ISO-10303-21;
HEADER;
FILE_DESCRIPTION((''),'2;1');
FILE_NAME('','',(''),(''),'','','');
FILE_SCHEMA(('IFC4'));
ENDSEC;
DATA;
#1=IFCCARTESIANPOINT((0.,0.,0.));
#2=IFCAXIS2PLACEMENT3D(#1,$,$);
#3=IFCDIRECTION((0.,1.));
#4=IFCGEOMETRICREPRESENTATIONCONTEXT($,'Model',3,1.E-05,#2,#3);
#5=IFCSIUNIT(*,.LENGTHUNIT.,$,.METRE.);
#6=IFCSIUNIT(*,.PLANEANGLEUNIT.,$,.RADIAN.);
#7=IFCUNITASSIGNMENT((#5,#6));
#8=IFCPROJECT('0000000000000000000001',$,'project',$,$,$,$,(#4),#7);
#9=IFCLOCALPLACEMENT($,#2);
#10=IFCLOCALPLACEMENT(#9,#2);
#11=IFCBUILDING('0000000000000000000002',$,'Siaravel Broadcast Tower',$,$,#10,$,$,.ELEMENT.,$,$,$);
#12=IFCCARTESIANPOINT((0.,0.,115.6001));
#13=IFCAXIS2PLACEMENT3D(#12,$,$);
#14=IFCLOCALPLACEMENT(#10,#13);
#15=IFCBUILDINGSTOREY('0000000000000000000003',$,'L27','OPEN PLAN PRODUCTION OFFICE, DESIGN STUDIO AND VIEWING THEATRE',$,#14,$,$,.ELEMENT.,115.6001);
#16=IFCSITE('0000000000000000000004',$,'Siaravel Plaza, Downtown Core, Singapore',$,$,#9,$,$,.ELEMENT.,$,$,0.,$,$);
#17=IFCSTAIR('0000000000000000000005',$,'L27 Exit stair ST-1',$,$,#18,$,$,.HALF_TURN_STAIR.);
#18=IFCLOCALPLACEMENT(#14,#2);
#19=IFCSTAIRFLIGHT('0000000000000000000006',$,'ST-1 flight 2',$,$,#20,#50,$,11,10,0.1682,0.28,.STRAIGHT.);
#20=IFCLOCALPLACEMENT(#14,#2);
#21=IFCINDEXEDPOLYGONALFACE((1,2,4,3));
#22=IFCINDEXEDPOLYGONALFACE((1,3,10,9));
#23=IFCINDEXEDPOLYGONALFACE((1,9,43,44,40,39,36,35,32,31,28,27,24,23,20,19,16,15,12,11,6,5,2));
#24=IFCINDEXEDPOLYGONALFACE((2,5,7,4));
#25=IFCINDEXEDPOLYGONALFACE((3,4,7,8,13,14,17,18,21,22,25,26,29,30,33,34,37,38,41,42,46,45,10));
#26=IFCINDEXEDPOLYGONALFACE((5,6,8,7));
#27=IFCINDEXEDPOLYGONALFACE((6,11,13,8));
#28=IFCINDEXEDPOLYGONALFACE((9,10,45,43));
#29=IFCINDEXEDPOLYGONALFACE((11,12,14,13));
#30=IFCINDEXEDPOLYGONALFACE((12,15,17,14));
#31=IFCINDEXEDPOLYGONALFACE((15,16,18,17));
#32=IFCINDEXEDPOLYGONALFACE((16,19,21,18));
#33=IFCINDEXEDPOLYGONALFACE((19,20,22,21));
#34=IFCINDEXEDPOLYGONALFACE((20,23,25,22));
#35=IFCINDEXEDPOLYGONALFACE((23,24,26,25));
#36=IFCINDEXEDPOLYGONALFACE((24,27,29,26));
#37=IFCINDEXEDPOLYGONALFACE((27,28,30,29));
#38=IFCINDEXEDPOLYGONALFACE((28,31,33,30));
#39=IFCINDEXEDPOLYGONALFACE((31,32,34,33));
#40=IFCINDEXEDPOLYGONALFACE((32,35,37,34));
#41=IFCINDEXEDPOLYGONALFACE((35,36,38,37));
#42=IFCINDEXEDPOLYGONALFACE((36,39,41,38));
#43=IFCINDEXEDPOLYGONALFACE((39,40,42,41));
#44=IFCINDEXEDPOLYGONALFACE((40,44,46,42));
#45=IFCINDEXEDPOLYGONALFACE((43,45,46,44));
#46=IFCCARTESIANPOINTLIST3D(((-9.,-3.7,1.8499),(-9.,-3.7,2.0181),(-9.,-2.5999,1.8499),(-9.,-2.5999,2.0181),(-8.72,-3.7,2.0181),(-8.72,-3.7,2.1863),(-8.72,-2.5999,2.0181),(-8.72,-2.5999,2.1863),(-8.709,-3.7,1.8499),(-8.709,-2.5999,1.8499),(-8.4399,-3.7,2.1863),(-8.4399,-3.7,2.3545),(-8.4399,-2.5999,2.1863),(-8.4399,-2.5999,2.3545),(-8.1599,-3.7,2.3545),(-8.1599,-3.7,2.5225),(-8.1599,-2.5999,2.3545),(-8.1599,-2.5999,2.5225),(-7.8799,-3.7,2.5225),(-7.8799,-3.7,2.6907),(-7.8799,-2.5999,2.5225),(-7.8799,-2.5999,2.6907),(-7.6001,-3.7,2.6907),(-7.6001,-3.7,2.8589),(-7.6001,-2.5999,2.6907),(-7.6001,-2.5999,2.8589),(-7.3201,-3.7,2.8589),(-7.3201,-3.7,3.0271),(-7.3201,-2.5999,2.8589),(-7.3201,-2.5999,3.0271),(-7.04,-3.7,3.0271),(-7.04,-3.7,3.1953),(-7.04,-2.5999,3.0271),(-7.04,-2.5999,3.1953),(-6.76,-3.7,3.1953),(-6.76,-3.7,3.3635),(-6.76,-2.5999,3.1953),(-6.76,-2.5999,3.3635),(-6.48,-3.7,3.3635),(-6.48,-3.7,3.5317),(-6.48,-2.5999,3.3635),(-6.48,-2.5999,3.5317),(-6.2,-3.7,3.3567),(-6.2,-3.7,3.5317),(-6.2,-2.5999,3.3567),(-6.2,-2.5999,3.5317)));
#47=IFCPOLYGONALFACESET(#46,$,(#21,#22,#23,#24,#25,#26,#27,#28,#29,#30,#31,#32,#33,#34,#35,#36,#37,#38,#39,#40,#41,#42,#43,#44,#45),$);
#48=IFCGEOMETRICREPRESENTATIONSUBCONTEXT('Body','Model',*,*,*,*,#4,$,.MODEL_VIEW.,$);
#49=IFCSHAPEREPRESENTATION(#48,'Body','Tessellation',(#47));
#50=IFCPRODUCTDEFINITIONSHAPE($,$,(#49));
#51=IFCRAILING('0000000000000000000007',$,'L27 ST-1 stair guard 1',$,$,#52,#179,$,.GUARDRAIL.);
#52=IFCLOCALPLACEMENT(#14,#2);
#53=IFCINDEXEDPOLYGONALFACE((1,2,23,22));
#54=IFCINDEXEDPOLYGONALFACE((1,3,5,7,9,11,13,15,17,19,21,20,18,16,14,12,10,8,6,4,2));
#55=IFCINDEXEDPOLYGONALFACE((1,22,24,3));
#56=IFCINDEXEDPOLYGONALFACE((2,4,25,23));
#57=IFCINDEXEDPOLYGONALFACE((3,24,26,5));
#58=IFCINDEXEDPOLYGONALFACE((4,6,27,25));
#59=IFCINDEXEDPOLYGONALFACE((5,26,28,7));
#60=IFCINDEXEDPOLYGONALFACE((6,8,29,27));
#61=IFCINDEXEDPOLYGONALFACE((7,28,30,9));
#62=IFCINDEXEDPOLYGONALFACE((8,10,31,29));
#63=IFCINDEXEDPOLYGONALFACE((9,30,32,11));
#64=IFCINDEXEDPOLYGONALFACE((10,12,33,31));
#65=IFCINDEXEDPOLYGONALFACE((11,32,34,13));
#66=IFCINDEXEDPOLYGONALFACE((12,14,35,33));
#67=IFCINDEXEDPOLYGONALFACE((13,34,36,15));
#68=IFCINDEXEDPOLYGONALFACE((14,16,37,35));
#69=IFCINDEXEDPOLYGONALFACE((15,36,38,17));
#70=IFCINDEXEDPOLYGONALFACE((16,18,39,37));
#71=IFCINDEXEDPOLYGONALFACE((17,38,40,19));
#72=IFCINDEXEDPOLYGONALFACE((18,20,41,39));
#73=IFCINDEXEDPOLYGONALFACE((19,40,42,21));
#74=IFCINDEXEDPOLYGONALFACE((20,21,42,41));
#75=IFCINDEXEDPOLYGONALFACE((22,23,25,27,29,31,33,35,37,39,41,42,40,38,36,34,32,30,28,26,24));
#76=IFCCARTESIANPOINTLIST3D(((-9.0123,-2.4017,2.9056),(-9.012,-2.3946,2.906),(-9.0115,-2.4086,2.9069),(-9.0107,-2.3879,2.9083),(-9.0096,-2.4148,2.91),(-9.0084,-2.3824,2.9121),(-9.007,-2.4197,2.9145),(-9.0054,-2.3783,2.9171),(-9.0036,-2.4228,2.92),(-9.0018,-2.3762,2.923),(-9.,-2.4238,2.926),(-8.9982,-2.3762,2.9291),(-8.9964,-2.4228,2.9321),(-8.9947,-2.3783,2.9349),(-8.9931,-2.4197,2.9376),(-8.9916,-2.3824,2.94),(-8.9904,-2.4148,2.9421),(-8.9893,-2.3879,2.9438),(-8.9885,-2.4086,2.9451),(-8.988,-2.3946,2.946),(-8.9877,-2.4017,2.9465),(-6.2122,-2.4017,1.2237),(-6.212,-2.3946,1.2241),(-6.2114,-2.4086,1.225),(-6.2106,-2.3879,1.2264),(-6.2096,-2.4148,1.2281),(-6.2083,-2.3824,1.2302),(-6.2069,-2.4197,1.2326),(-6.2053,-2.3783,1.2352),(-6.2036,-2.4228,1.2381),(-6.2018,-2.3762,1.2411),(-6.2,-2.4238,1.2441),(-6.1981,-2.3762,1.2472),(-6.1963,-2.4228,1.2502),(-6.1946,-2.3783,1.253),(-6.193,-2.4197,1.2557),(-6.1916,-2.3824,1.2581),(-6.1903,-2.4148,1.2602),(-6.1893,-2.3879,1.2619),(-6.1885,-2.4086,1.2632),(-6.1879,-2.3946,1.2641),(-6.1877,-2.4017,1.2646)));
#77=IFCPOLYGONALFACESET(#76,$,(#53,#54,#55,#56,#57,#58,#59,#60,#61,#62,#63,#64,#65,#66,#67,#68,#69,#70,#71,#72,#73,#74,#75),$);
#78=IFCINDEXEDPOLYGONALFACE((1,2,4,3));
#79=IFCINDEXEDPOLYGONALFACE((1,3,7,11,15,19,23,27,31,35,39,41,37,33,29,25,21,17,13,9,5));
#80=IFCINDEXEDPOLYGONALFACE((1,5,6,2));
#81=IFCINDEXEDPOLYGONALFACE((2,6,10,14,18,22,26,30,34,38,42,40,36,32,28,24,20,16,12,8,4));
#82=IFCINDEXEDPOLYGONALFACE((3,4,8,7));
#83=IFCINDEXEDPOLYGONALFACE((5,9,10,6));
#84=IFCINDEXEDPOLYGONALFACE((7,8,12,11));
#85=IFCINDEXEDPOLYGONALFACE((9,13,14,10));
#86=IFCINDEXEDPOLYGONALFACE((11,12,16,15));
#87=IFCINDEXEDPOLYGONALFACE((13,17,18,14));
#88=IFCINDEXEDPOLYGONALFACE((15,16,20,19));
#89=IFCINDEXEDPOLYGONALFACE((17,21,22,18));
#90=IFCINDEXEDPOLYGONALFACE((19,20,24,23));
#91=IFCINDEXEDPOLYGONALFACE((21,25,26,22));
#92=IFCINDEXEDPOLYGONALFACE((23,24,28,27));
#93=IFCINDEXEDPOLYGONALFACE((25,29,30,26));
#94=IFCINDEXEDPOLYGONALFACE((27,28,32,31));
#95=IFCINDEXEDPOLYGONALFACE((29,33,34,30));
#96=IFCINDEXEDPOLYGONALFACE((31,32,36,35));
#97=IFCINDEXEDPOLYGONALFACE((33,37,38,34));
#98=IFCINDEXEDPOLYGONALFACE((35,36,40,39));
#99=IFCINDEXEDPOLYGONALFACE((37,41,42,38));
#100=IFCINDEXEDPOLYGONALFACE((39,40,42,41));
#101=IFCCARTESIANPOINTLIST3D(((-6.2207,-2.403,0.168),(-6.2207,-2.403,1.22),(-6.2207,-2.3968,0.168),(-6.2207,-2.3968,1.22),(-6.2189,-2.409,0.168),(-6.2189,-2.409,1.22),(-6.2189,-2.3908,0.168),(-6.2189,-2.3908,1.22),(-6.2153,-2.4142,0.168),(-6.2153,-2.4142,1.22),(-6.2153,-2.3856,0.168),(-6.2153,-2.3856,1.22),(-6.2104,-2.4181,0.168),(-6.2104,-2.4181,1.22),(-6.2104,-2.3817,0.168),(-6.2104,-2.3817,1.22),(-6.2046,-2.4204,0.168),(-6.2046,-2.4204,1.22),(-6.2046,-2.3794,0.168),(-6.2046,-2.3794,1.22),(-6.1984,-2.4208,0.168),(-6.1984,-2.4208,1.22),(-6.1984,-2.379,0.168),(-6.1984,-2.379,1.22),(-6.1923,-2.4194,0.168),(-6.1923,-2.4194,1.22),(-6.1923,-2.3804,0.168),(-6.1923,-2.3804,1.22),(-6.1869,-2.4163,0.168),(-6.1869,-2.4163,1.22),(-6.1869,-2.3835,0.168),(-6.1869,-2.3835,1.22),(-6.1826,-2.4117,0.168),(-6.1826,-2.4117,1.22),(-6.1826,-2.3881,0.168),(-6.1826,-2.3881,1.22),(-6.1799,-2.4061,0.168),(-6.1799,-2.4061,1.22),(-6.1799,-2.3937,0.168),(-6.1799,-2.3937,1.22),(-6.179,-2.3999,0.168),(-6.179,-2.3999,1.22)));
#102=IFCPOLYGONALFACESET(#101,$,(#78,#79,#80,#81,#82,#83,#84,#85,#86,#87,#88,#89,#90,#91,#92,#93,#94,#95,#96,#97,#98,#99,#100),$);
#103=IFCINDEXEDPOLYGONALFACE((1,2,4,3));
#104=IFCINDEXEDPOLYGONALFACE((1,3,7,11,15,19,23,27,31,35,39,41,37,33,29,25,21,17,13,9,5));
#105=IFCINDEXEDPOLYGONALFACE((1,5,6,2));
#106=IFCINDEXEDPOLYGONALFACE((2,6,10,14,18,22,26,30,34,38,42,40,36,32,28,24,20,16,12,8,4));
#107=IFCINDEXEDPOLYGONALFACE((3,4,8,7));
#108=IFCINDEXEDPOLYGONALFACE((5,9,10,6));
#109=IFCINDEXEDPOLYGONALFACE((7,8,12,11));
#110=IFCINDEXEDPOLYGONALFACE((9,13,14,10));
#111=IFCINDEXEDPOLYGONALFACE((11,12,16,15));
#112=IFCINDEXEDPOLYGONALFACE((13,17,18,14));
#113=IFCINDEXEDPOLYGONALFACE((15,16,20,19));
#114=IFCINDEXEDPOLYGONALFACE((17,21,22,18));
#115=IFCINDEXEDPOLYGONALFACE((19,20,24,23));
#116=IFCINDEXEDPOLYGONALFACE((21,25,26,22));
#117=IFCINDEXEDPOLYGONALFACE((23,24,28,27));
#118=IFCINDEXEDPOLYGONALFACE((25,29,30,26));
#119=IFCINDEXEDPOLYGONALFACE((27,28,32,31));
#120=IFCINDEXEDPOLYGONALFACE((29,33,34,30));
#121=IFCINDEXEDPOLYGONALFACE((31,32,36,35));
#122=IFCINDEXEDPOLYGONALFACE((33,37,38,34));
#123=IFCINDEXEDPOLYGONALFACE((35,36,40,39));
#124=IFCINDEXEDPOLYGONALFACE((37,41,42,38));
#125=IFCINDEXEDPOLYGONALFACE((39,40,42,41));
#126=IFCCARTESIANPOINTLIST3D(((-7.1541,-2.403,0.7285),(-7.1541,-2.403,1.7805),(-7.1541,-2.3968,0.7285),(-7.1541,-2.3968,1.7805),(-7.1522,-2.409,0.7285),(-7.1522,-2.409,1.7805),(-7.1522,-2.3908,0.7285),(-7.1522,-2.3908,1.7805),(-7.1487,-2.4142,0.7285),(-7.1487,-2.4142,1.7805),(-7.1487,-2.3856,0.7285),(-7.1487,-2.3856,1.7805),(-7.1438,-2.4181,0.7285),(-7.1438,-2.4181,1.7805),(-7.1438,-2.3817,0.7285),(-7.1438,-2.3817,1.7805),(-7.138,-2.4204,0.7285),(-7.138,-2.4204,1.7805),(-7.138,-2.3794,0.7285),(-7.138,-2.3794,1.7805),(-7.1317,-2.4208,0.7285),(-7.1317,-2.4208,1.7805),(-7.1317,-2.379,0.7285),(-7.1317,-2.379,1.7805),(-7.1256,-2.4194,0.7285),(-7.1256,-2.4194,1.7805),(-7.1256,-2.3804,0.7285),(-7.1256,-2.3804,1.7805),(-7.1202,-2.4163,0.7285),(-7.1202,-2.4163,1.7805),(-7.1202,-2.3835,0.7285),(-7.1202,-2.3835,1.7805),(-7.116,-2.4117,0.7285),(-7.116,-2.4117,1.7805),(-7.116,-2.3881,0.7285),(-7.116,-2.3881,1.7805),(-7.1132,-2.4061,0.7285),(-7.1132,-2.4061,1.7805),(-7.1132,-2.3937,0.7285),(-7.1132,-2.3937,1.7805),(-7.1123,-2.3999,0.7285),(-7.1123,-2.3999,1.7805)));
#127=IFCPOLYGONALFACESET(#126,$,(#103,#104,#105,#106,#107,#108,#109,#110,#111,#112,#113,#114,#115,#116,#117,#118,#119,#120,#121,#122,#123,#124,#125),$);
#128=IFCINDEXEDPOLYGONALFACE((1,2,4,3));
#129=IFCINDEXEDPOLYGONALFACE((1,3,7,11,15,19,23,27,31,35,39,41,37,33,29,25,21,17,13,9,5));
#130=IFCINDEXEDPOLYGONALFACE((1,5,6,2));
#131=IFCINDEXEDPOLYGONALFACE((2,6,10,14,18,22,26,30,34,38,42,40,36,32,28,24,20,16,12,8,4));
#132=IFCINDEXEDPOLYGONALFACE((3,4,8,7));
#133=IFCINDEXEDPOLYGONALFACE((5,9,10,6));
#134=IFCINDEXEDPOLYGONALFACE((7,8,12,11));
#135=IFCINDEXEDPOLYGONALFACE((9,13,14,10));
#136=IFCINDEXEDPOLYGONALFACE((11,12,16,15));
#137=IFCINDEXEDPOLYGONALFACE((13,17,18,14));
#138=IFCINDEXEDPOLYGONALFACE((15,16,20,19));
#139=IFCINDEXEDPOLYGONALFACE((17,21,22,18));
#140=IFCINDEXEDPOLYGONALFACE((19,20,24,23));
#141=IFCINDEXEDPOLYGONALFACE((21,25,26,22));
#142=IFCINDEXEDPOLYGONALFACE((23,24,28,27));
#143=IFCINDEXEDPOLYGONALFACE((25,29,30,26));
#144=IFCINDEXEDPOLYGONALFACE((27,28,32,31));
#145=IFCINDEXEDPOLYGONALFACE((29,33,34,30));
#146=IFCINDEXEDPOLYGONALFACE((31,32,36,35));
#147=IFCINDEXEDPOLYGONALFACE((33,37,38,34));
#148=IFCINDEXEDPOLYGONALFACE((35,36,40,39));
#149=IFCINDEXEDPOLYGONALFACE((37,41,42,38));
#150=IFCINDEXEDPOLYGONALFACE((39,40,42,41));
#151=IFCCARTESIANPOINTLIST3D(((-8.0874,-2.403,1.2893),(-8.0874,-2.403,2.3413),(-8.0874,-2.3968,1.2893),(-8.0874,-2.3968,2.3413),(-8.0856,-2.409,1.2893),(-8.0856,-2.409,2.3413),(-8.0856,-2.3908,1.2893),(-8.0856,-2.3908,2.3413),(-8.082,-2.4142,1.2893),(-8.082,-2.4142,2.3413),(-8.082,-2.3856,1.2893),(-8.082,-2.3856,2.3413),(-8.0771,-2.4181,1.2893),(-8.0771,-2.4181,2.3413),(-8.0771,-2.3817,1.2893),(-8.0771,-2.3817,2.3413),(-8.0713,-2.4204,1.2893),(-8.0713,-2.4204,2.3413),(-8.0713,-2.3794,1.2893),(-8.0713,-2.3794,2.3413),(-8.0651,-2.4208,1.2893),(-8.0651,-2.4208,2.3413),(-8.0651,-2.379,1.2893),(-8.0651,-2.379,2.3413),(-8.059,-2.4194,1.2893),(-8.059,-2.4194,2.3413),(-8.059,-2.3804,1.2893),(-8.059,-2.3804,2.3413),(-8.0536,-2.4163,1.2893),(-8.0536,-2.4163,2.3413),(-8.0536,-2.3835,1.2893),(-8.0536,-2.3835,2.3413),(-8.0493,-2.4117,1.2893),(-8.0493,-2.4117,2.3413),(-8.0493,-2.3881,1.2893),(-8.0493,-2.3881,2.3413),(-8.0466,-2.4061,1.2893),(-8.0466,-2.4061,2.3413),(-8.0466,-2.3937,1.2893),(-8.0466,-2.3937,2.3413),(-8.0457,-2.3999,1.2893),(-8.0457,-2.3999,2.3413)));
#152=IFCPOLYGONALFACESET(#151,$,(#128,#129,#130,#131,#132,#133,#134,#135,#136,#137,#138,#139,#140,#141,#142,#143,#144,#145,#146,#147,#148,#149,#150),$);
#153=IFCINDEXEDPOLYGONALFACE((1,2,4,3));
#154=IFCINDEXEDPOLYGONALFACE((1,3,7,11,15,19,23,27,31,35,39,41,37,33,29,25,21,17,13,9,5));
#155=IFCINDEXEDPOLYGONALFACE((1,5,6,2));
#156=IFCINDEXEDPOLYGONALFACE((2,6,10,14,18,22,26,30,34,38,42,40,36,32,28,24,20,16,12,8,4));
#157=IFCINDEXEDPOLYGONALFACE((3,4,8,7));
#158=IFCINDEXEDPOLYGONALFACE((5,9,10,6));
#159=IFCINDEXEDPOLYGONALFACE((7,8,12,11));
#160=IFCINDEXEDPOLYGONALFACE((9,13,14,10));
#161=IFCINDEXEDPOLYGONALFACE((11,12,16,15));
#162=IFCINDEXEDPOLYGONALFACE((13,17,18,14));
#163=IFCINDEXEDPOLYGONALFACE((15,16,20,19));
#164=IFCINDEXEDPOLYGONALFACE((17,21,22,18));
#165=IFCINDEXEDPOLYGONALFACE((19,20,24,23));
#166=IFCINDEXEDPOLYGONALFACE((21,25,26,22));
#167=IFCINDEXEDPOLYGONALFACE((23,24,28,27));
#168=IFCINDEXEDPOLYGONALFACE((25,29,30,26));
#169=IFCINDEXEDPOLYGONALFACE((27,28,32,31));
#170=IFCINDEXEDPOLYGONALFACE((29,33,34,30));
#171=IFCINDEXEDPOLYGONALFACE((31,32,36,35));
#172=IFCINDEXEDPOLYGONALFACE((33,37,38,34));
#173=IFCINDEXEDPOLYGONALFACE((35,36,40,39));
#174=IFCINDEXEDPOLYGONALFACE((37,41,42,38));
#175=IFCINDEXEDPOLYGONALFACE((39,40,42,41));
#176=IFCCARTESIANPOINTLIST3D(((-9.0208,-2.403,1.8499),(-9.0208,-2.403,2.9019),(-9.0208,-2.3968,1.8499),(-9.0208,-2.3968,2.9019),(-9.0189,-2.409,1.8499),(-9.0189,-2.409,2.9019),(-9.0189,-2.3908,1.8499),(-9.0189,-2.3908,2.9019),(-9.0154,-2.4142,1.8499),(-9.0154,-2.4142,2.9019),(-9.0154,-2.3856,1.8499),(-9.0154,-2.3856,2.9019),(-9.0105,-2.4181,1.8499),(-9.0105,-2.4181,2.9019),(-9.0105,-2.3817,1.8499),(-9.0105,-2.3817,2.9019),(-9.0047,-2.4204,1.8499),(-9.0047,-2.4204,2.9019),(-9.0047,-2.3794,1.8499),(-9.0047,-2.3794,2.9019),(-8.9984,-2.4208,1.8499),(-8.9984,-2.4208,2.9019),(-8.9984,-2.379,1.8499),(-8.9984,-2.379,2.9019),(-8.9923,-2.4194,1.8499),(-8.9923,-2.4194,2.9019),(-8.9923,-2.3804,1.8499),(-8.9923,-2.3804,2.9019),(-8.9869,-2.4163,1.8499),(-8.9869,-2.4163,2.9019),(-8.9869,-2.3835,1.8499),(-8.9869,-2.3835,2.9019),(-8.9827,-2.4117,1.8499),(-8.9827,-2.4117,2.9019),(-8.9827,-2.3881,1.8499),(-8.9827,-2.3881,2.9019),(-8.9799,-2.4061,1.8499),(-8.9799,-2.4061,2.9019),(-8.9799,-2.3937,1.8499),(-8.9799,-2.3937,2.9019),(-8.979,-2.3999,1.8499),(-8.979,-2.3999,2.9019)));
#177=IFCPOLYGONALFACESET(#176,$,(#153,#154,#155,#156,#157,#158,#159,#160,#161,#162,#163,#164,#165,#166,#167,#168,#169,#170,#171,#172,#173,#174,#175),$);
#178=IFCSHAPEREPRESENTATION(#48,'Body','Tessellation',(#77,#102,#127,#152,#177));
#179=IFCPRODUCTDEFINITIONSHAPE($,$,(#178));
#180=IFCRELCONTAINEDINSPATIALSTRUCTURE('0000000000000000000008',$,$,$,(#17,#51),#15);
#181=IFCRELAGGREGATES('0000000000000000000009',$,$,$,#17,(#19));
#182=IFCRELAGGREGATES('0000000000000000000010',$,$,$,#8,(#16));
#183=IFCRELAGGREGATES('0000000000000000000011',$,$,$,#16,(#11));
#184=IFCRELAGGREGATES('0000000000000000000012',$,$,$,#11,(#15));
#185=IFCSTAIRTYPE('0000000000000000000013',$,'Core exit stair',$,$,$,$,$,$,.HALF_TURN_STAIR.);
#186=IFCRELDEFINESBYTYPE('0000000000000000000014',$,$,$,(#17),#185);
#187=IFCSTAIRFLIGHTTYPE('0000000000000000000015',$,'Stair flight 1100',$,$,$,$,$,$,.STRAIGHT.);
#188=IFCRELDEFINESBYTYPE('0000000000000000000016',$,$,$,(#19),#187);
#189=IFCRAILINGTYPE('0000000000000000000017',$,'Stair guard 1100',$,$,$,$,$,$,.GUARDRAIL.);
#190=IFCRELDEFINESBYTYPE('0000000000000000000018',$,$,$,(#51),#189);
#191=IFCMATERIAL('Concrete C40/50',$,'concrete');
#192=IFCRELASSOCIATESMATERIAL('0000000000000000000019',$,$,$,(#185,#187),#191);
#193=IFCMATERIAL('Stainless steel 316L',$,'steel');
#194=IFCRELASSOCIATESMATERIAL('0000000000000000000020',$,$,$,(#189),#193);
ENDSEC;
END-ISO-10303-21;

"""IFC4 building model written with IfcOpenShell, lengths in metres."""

from ifc_helpers import new_model, si_unit, direction, frame, origin, origin_2d, place, context, subcontext, project, spatial, polyline, circle, outline, extrude, material, type_object, element, aggregate, save


model = new_model("IFC4")

# Units and contexts
model_context = context("Model", 3, precision=1e-05, world=origin(), true_north=direction((0.0, 1.0)))
body_context = subcontext(model_context, "Body", "Model", "MODEL_VIEW")
ifc_project = project(units=[si_unit("LENGTHUNIT", "METRE"), si_unit("PLANEANGLEUNIT", "RADIAN")], contexts=[model_context])

# Site, building, storey
site_placement = place(None, origin())
site = spatial("IfcSite", under=ifc_project, at=site_placement, Name="Siaravel Plaza, Downtown Core, Singapore", CompositionType="ELEMENT", RefElevation=0.0)
building_placement = place(site_placement, origin())
building = spatial("IfcBuilding", under=site, at=building_placement, Name="Siaravel Broadcast Tower", CompositionType="ELEMENT")
storey_placement = place(building_placement, frame((0.0, 0.0, 115.6001)))
storey = spatial("IfcBuildingStorey", under=building, at=storey_placement, Name="L27", Description="OPEN PLAN PRODUCTION OFFICE, DESIGN STUDIO AND VIEWING THEATRE", CompositionType="ELEMENT", Elevation=115.6001)

# Stair, stair flight
ifc_material_1 = material(Name="Concrete C40/50", Category="concrete")
stair_type = type_object("IfcStairType", Name="Core exit stair", PredefinedType="HALF_TURN_STAIR", material=ifc_material_1)
stair_placement = place(storey_placement, origin())
stair = element("IfcStair", 1, at=stair_placement, inside=storey, type_object=stair_type, Name="L27 Exit stair ST-1", PredefinedType="HALF_TURN_STAIR")
stair_flight_type = type_object("IfcStairFlightType", Name="Stair flight 1100", PredefinedType="STRAIGHT", material=ifc_material_1)
stair_flight_1_placement = place(storey_placement, frame((-9.0, -3.1499, 1.8499), z_axis=(0.0, 0.0, 1.0), x_axis=(1.0, 0.0, 0.0)))
stair_flight_1 = element("IfcStairFlight", 2, at=stair_flight_1_placement, type_object=stair_flight_type, Name="ST-1 flight 2", NumberOfRisers=11, NumberOfTreads=10, PredefinedType="STRAIGHT", RiserHeight=0.1682, TreadLength=0.28, context=body_context, shape_type="SweptSolid", body=[
    extrude(outline(polyline([(0.0, 0.0), (0.0, 0.1682), (0.28, 0.1682), (0.28, 0.3364), (0.5601, 0.3364), (0.5601, 0.5046), (0.8401, 0.5046), (0.8401, 0.6726), (1.1201, 0.6726), (1.1201, 0.8408), (1.3999, 0.8408), (1.3999, 1.009), (1.6799, 1.009), (1.6799, 1.1772), (1.96, 1.1772), (1.96, 1.3455), (2.24, 1.3455), (2.24, 1.5137), (2.52, 1.5137), (2.52, 1.6819), (2.8, 1.6819), (2.8, 1.8501), (2.8, 1.5068), (0.291, 0.0), (0.0, 0.0)])), frame((0.0, 0.55, 0.0), z_axis=(0.0, -1.0, 0.0), x_axis=(1.0, 0.0, 0.0)), (0.0, 0.0, 1.0), 1.1001),
])
aggregate(stair, [stair_flight_1])

# Railing
ifc_material_2 = material(Name="Stainless steel 316L", Category="steel")
railing_type_1 = type_object("IfcRailingType", Name="Stair guard 1100", PredefinedType="GUARDRAIL", material=ifc_material_2)
railing_1_placement = place(storey_placement, frame((-6.2, -2.3999, 0.168)))
element("IfcRailing", 3, at=railing_1_placement, inside=storey, type_object=railing_type_1, Name="L27 ST-1 stair guard 1", PredefinedType="GUARDRAIL", context=body_context, shape_type="SweptSolid", body=[
    extrude(circle(Radius=0.0239, at=origin_2d()), frame((0.0, 0.0, 1.0762), z_axis=(-0.857242, 0.0, 0.514913), x_axis=(0.0, -1.0, 0.0)), (0.0, 0.0, 1.0), 3.2664),
    extrude(circle(Radius=0.021, at=origin_2d()), origin(), (0.0, 0.0, 1.0), 1.052),
    extrude(circle(Radius=0.021, at=origin_2d()), frame((-0.9333, 0.0, 0.5605)), (0.0, 0.0, 1.0), 1.052),
    extrude(circle(Radius=0.021, at=origin_2d()), frame((-1.8667, 0.0, 1.1213)), (0.0, 0.0, 1.0), 1.052),
    extrude(circle(Radius=0.021, at=origin_2d()), frame((-2.8, 0.0, 1.6819)), (0.0, 0.0, 1.0), 1.052),
])

save(model, "model.ifc")
